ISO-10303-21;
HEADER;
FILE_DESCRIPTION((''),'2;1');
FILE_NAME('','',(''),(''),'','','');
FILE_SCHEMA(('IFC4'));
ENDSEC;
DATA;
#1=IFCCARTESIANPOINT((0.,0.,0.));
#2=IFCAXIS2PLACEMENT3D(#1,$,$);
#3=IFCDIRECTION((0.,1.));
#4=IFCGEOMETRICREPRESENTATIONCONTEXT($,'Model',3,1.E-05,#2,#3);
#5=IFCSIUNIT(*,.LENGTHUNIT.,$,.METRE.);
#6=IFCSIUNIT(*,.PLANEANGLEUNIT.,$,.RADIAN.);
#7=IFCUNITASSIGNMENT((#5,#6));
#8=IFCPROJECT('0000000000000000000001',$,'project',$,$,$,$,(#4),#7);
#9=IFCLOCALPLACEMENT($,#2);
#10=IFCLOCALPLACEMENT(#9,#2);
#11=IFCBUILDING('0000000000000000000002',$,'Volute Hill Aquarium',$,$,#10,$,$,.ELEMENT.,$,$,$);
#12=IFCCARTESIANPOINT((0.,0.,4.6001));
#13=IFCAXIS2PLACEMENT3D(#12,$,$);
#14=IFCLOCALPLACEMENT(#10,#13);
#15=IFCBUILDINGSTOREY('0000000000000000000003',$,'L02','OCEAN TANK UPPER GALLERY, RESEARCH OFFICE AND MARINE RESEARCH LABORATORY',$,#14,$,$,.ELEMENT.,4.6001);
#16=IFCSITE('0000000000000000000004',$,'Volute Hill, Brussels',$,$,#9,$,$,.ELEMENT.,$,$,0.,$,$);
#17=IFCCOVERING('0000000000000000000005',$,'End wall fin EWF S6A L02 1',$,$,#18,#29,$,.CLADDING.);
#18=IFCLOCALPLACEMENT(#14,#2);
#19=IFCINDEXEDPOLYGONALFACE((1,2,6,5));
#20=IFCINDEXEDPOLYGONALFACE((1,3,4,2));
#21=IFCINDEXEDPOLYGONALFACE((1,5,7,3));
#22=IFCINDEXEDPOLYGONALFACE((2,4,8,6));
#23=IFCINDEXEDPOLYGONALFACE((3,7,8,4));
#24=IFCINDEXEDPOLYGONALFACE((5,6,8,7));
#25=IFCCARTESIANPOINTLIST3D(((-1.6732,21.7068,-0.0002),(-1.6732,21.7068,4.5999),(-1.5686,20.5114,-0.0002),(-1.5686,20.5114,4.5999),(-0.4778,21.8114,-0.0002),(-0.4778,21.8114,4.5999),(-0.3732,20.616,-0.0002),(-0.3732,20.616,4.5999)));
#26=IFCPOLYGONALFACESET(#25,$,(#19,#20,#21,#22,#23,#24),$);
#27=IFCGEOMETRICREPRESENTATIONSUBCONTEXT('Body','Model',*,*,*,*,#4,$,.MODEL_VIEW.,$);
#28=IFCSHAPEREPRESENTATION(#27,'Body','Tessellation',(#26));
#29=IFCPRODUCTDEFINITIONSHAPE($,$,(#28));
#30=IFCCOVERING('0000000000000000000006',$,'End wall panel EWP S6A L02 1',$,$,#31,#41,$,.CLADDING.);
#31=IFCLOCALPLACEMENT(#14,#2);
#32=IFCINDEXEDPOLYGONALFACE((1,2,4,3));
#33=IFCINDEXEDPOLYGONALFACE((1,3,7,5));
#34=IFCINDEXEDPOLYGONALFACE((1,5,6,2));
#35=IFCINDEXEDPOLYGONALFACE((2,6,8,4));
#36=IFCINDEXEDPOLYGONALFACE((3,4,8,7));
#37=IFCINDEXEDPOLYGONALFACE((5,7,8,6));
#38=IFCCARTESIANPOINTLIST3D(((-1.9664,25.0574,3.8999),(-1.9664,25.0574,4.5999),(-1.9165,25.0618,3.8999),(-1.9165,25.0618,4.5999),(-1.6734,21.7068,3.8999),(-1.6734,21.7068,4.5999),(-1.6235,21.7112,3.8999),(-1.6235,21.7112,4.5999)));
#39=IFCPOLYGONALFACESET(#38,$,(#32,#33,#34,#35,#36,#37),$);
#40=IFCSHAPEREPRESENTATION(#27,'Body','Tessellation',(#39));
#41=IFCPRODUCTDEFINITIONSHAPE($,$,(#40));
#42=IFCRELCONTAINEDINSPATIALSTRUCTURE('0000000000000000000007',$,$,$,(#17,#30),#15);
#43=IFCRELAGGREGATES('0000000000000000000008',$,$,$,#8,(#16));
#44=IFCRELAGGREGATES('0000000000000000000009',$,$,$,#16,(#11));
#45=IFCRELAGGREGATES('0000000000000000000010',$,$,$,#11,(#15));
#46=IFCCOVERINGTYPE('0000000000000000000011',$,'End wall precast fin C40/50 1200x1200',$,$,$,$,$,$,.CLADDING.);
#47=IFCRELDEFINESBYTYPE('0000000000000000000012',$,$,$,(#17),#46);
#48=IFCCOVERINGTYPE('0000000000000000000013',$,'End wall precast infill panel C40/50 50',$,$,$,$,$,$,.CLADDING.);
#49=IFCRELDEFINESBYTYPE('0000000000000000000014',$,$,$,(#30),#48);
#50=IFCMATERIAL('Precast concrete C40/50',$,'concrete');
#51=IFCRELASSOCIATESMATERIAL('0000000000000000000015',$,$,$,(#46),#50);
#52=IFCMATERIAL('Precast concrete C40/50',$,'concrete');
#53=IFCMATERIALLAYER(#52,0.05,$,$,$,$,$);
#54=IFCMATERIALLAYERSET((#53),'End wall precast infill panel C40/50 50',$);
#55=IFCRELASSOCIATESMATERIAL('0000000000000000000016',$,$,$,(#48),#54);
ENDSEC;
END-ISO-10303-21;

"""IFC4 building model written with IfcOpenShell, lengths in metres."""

from ifc_helpers import new_model, si_unit, direction, frame, origin, origin_2d, place, context, subcontext, project, spatial, polyline, rectangle, outline, extrude, material, layer, layer_set, type_object, element, save


model = new_model("IFC4")

# Units and contexts
model_context = context("Model", 3, precision=1e-05, world=origin(), true_north=direction((0.0, 1.0)))
body_context = subcontext(model_context, "Body", "Model", "MODEL_VIEW")
ifc_project = project(units=[si_unit("LENGTHUNIT", "METRE"), si_unit("PLANEANGLEUNIT", "RADIAN")], contexts=[model_context])

# Site, building, storey
site_placement = place(None, origin())
site = spatial("IfcSite", under=ifc_project, at=site_placement, Name="Volute Hill, Brussels", CompositionType="ELEMENT", RefElevation=0.0)
building_placement = place(site_placement, origin())
building = spatial("IfcBuilding", under=site, at=building_placement, Name="Volute Hill Aquarium", CompositionType="ELEMENT")
storey_placement = place(building_placement, frame((0.0, 0.0, 4.6001)))
storey = spatial("IfcBuildingStorey", under=building, at=storey_placement, Name="L02", Description="OCEAN TANK UPPER GALLERY, RESEARCH OFFICE AND MARINE RESEARCH LABORATORY", CompositionType="ELEMENT", Elevation=4.6001)

# Coverings
ifc_material_1 = material(Name="Precast concrete C40/50", Category="concrete")
covering_type_1 = type_object("IfcCoveringType", Name="End wall precast fin C40/50 1200x1200", PredefinedType="CLADDING", material=ifc_material_1)
covering_1_placement = place(storey_placement, frame((-1.0232, 21.1614, -0.0002), z_axis=(0.0, 0.0, 1.0), x_axis=(-0.087155, 0.996195, 0.0)))
element("IfcCovering", 1, at=covering_1_placement, inside=storey, type_object=covering_type_1, Name="End wall fin EWF S6A L02 1", PredefinedType="CLADDING", context=body_context, shape_type="SweptSolid", body=[
    extrude(rectangle(XDim=1.2, YDim=1.2, at=origin_2d()), origin(), (0.0, 0.0, 1.0), 4.6001),
])
ifc_material_2 = material(Name="Precast concrete C40/50", Category="concrete")
ifc_layer_1 = layer(ifc_material_2, 0.05)
ifc_layer_set_1 = layer_set([ifc_layer_1], Name="End wall precast infill panel C40/50 50")
covering_type_2 = type_object("IfcCoveringType", Name="End wall precast infill panel C40/50 50", PredefinedType="CLADDING", material=ifc_layer_set_1)
covering_2_placement = place(storey_placement, frame((-1.6235, 21.7112, 3.8999), z_axis=(0.996199, 0.087106, 0.0), x_axis=(-0.087106, 0.996199, 0.0)))
element("IfcCovering", 2, at=covering_2_placement, inside=storey, type_object=covering_type_2, Name="End wall panel EWP S6A L02 1", PredefinedType="CLADDING", context=body_context, shape_type="SweptSolid", body=[
    extrude(outline(polyline([(0.0, 0.0), (3.3634, 0.0), (3.3634, 0.7), (0.0, 0.7), (0.0, 0.0)])), origin(), (0.0, 0.0, -1.0), 0.05),
])

save(model, "model.ifc")
